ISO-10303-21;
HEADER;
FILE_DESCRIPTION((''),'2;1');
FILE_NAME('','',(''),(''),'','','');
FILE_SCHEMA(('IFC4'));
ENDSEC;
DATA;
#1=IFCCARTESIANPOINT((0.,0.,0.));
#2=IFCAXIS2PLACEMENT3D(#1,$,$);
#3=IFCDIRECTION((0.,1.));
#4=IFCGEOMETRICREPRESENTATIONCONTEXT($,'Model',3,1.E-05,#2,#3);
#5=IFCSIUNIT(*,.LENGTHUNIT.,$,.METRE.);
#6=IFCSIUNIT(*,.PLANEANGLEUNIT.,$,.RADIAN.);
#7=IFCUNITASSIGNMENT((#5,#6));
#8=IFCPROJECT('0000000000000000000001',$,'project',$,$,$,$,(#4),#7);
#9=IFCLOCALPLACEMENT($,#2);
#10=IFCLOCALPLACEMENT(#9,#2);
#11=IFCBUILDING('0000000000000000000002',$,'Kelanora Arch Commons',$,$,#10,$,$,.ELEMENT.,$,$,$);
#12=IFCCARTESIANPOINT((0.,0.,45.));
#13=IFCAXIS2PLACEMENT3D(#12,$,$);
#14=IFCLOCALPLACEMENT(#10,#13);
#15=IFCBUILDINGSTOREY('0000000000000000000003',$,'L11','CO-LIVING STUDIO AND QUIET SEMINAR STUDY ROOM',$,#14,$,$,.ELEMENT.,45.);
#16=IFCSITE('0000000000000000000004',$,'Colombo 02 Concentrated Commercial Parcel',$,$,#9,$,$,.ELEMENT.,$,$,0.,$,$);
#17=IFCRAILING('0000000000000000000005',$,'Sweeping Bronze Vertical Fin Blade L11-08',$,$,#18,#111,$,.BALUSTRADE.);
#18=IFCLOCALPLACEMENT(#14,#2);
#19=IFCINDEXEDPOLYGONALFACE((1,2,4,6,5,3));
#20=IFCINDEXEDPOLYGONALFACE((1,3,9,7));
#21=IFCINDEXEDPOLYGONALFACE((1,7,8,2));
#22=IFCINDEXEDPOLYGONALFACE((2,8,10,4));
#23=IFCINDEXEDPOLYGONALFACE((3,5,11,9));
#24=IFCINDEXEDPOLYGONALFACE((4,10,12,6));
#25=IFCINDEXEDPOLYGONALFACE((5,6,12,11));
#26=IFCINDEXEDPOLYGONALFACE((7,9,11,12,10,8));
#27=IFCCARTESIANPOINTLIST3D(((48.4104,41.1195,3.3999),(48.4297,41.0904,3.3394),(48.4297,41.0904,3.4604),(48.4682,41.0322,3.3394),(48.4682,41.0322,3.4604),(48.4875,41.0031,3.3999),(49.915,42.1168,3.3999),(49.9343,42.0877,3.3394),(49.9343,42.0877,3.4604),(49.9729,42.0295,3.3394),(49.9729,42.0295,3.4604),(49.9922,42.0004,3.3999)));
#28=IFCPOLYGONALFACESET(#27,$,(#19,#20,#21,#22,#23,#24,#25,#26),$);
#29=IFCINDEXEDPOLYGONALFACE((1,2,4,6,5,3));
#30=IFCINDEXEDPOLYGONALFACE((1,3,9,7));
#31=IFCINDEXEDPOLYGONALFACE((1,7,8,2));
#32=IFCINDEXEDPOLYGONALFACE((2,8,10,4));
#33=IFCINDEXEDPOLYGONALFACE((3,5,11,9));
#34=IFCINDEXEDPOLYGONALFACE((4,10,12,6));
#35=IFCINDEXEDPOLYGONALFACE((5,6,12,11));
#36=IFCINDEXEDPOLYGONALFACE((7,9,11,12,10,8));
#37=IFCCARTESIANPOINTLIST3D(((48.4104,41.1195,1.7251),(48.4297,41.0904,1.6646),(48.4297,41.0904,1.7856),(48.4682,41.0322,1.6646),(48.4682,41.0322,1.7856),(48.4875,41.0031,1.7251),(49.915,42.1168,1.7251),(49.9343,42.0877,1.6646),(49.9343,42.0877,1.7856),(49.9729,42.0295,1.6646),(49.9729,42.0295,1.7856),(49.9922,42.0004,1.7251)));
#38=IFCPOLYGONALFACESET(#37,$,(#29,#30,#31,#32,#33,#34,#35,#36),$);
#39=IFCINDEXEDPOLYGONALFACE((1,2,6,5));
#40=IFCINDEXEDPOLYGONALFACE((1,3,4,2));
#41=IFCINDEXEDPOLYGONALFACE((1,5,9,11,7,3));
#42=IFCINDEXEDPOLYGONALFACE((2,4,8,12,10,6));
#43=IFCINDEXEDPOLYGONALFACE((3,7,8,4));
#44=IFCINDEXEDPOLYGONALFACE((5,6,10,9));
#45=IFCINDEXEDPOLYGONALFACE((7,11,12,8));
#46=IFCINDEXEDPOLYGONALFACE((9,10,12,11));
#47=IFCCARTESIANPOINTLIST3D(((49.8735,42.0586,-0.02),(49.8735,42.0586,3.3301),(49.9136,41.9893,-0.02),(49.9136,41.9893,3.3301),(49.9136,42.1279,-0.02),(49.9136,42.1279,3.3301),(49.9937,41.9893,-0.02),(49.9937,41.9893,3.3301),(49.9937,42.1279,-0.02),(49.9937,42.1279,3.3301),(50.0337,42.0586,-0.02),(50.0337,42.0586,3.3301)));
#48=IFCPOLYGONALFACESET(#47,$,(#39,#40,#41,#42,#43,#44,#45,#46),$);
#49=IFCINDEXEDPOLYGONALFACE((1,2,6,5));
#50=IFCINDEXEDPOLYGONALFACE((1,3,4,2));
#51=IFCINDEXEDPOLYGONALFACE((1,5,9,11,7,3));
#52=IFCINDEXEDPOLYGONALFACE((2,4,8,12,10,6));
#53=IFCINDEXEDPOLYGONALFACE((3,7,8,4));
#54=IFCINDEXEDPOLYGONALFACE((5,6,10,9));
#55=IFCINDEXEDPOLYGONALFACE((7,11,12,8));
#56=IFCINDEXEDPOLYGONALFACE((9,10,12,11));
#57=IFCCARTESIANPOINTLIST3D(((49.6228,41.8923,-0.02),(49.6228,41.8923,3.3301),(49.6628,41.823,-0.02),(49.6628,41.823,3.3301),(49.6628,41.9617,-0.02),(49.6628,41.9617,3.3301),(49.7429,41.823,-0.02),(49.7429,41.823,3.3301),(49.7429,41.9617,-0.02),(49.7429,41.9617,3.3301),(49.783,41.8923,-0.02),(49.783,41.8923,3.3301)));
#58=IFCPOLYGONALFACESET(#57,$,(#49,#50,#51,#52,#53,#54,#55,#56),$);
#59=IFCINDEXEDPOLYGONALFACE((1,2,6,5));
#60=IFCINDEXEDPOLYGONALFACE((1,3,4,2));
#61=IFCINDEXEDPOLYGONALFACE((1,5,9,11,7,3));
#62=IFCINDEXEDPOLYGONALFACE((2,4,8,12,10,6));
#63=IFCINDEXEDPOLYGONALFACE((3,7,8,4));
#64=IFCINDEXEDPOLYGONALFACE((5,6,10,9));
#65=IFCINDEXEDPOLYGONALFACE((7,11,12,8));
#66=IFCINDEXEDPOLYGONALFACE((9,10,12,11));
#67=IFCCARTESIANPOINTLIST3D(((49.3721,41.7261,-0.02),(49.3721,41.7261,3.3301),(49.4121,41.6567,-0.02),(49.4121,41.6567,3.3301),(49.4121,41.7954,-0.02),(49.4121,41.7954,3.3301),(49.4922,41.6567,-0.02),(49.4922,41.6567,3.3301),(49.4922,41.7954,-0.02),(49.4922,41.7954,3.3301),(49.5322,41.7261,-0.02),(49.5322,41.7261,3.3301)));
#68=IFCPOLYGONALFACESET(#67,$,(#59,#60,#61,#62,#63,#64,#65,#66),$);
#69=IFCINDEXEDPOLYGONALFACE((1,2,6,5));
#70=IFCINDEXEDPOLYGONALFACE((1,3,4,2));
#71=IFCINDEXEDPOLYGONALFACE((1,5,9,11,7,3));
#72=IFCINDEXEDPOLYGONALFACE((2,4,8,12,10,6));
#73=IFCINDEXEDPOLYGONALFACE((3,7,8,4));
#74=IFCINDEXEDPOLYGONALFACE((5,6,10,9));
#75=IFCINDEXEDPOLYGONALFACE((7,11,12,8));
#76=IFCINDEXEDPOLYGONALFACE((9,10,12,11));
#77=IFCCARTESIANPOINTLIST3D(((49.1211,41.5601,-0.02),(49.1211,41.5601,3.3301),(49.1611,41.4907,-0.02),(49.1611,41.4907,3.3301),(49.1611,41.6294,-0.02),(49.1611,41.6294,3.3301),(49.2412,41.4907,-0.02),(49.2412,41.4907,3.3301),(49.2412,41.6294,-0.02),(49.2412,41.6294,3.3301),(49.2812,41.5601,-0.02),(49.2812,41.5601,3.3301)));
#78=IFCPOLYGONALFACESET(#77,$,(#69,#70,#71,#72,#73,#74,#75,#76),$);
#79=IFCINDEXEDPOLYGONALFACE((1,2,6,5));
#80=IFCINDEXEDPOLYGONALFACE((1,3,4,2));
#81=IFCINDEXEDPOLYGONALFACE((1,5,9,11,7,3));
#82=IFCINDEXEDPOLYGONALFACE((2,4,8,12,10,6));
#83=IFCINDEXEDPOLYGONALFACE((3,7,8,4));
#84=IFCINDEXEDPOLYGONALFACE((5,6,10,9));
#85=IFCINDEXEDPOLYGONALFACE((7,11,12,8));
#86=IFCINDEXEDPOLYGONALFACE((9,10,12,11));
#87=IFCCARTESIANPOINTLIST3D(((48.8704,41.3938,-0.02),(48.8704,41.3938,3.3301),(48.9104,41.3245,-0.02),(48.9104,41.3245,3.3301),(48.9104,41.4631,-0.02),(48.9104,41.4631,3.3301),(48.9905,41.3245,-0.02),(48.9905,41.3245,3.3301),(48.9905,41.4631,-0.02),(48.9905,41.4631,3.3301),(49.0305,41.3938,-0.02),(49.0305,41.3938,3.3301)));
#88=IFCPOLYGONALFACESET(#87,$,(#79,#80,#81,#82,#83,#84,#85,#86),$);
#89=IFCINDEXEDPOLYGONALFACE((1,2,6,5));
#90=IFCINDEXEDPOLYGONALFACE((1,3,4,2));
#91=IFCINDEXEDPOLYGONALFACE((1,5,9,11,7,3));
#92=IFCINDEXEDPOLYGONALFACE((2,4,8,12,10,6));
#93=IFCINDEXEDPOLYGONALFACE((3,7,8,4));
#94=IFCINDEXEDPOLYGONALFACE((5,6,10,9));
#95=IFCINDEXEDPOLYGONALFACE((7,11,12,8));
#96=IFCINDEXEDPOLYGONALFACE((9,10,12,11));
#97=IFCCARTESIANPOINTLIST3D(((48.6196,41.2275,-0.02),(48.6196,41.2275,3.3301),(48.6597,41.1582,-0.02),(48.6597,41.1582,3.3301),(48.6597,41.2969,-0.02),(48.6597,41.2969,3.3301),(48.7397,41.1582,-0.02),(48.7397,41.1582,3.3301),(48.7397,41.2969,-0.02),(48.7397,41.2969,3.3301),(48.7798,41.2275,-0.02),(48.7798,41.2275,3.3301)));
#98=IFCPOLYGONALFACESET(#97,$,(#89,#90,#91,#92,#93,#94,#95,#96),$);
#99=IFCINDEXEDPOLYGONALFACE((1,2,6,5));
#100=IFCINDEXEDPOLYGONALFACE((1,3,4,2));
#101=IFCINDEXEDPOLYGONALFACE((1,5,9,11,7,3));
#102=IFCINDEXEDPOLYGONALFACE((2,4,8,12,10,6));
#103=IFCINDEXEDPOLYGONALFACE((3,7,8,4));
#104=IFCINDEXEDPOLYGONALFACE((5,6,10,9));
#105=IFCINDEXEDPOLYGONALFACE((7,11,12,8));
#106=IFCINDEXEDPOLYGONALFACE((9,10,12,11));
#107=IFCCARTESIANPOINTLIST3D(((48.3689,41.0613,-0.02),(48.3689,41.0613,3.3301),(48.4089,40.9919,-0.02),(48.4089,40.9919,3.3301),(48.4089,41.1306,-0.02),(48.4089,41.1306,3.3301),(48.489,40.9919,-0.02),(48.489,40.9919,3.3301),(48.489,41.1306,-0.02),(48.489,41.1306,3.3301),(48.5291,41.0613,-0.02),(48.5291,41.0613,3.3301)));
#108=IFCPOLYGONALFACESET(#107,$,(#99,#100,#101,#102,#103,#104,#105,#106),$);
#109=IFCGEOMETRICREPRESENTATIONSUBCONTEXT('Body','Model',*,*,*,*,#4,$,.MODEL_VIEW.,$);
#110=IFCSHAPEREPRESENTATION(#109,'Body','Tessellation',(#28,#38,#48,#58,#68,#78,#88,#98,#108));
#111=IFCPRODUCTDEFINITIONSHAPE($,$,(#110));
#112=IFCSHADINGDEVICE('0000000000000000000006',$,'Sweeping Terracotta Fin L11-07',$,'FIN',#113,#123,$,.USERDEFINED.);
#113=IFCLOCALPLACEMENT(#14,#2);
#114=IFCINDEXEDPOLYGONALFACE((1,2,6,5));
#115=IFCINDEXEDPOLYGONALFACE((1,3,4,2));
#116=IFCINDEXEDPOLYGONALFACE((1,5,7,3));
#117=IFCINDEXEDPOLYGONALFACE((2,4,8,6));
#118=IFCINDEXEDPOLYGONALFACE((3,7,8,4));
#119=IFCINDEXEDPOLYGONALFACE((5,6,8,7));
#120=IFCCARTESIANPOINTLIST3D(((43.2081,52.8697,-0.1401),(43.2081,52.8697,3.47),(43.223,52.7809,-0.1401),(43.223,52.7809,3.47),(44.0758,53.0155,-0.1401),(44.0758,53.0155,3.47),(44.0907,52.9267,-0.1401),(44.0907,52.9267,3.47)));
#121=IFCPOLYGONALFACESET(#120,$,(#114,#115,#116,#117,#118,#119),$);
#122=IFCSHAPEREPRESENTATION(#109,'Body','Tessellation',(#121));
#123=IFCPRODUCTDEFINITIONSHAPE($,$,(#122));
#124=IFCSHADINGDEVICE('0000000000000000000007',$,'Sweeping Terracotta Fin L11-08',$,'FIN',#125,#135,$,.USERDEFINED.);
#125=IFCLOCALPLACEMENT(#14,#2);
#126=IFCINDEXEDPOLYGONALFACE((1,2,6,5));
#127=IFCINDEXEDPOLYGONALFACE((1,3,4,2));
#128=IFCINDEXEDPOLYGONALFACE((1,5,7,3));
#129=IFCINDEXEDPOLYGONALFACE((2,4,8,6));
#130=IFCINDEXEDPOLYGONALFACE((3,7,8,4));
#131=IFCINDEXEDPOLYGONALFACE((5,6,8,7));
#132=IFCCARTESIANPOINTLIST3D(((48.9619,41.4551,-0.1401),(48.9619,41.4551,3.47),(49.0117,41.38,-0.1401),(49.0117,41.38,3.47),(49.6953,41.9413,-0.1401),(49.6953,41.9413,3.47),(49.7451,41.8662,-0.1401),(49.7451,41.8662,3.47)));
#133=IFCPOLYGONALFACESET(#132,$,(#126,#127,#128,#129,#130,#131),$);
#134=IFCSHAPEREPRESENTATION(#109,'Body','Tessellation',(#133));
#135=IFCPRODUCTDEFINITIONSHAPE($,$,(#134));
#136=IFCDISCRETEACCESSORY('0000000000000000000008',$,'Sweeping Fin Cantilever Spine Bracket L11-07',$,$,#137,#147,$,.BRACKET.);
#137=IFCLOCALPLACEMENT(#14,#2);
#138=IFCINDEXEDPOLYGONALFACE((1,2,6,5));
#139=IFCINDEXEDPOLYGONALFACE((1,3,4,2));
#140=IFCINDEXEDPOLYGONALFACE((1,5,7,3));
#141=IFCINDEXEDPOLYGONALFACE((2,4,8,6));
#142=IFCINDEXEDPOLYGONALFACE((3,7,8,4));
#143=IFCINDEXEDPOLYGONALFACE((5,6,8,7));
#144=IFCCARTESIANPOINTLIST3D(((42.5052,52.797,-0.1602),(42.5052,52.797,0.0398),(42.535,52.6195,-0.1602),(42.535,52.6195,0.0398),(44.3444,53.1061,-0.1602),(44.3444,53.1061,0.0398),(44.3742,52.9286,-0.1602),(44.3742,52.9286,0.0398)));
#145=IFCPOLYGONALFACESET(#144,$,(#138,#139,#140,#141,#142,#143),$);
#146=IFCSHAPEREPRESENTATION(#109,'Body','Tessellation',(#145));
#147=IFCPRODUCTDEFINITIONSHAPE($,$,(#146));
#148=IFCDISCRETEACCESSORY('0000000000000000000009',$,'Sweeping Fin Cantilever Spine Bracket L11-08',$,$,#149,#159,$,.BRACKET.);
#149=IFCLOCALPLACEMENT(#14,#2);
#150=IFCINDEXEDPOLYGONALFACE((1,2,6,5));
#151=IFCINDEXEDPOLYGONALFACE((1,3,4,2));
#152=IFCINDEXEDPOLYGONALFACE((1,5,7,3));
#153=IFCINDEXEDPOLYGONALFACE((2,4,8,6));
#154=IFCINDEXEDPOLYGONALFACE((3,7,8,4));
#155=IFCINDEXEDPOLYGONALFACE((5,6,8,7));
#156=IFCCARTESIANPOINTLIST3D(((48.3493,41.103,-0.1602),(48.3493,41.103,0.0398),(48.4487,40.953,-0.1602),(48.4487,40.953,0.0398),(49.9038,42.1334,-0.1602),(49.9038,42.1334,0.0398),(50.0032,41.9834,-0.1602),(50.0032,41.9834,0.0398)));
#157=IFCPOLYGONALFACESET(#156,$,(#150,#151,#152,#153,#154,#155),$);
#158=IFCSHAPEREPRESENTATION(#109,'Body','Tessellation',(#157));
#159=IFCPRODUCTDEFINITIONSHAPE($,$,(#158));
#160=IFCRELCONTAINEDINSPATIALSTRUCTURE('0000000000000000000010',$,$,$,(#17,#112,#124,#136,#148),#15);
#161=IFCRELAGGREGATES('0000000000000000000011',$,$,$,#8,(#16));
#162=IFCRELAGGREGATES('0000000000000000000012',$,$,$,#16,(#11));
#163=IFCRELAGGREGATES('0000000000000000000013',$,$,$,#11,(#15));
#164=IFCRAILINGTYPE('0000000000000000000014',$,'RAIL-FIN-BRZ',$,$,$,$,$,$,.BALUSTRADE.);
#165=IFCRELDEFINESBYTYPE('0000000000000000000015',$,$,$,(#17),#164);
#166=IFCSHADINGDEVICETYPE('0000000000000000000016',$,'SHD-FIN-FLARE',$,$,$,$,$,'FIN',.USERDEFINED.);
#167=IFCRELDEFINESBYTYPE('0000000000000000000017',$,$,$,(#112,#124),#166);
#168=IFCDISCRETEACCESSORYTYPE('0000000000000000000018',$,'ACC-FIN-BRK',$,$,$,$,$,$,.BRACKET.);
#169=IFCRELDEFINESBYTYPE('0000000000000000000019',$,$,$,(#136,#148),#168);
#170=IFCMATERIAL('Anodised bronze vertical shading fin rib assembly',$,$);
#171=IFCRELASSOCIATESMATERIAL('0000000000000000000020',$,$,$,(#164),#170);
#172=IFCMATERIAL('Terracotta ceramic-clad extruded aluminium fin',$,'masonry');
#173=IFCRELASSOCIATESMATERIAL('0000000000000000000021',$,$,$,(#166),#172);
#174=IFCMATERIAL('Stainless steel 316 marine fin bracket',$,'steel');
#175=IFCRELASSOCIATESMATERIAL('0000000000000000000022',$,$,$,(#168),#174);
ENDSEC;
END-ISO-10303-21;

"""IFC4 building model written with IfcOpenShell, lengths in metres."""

from ifc_helpers import new_model, si_unit, direction, frame, origin, origin_2d, place, context, subcontext, project, spatial, polyline, rectangle, outline, extrude, source, transform, mapped, material, type_object, element, save


model = new_model("IFC4")

# Units and contexts
model_context = context("Model", 3, precision=1e-05, world=origin(), true_north=direction((0.0, 1.0)))
body_context = subcontext(model_context, "Body", "Model", "MODEL_VIEW")
ifc_project = project(units=[si_unit("LENGTHUNIT", "METRE"), si_unit("PLANEANGLEUNIT", "RADIAN")], contexts=[model_context])

# Site, building, storey
site_placement = place(None, origin())
site = spatial("IfcSite", under=ifc_project, at=site_placement, Name="Colombo 02 Concentrated Commercial Parcel", CompositionType="ELEMENT", RefElevation=0.0)
building_placement = place(site_placement, origin())
building = spatial("IfcBuilding", under=site, at=building_placement, Name="Kelanora Arch Commons", CompositionType="ELEMENT")
storey_placement = place(building_placement, frame((0.0, 0.0, 45.0)))
storey = spatial("IfcBuildingStorey", under=building, at=storey_placement, Name="L11", Description="CO-LIVING STUDIO AND QUIET SEMINAR STUDY ROOM", CompositionType="ELEMENT", Elevation=45.0)

# Railing
ifc_material_1 = material(Name="Anodised bronze vertical shading fin rib assembly")
railing_type = type_object("IfcRailingType", Name="RAIL-FIN-BRZ", PredefinedType="BALUSTRADE", material=ifc_material_1)
railing_1_placement = place(storey_placement, frame((49.9536, 42.0586, -0.02)))
element("IfcRailing", 1, at=railing_1_placement, inside=storey, type_object=railing_type, Name="Sweeping Bronze Vertical Fin Blade L11-08", PredefinedType="BALUSTRADE", context=body_context, shape_type="SweptSolid", body=[
    extrude(outline(polyline([(0.0698, 0.0), (0.0349, 0.0605), (-0.0349, 0.0605), (-0.0698, 0.0), (-0.0349, -0.0605), (0.0349, -0.0605), (0.0698, 0.0)])), frame((0.0, 0.0, 3.4199), z_axis=(-0.833525, -0.552482, 0.0), x_axis=(0.552482, -0.833525, 0.0)), (0.0, 0.0, 1.0), 1.8052),
    extrude(outline(polyline([(0.0698, 0.0), (0.0349, 0.0605), (-0.0349, 0.0605), (-0.0698, 0.0), (-0.0349, -0.0605), (0.0349, -0.0605), (0.0698, 0.0)])), frame((0.0, 0.0, 1.7451), z_axis=(-0.833525, -0.552482, 0.0), x_axis=(0.552482, -0.833525, 0.0)), (0.0, 0.0, 1.0), 1.8052),
    extrude(outline(polyline([(0.0801, 0.0), (0.04, 0.0693), (-0.04, 0.0693), (-0.0801, 0.0), (-0.04, -0.0693), (0.04, -0.0693), (0.0801, 0.0)])), origin(), (0.0, 0.0, 1.0), 3.3501),
    extrude(outline(polyline([(0.0801, 0.0), (0.04, 0.0693), (-0.04, 0.0693), (-0.0801, 0.0), (-0.04, -0.0693), (0.04, -0.0693), (0.0801, 0.0)])), frame((-0.2507, -0.1663, 0.0)), (0.0, 0.0, 1.0), 3.3501),
    extrude(outline(polyline([(0.0801, 0.0), (0.04, 0.0693), (-0.04, 0.0693), (-0.0801, 0.0), (-0.04, -0.0693), (0.04, -0.0693), (0.0801, 0.0)])), frame((-0.5015, -0.3325, 0.0)), (0.0, 0.0, 1.0), 3.3501),
    extrude(outline(polyline([(0.0801, 0.0), (0.04, 0.0693), (-0.04, 0.0693), (-0.0801, 0.0), (-0.04, -0.0693), (0.04, -0.0693), (0.0801, 0.0)])), frame((-0.7524, -0.4985, 0.0)), (0.0, 0.0, 1.0), 3.3501),
    extrude(outline(polyline([(0.0801, 0.0), (0.04, 0.0693), (-0.04, 0.0693), (-0.0801, 0.0), (-0.04, -0.0693), (0.04, -0.0693), (0.0801, 0.0)])), frame((-1.0032, -0.6648, 0.0)), (0.0, 0.0, 1.0), 3.3501),
    extrude(outline(polyline([(0.0801, 0.0), (0.04, 0.0693), (-0.04, 0.0693), (-0.0801, 0.0), (-0.04, -0.0693), (0.04, -0.0693), (0.0801, 0.0)])), frame((-1.2539, -0.8311, 0.0)), (0.0, 0.0, 1.0), 3.3501),
    extrude(outline(polyline([(0.0801, 0.0), (0.04, 0.0693), (-0.04, 0.0693), (-0.0801, 0.0), (-0.04, -0.0693), (0.04, -0.0693), (0.0801, 0.0)])), frame((-1.5046, -0.9973, 0.0)), (0.0, 0.0, 1.0), 3.3501),
])

# Shading devices
ifc_material_2 = material(Name="Terracotta ceramic-clad extruded aluminium fin", Category="masonry")
shading_device_type = type_object("IfcShadingDeviceType", Name="SHD-FIN-FLARE", ElementType="FIN", PredefinedType="USERDEFINED", material=ifc_material_2)
shared_shape_1 = source(origin(), body_context, "Body", "SweptSolid", [
    extrude(rectangle(XDim=0.8799, YDim=0.0901, at=origin_2d()), origin(), (0.0, 0.0, 1.0), 3.6101),
])
for number, where, z_axis, x_axis, name in (
    (2, (43.6494, 52.8982, -0.1401), (0.0, 0.0, 1.0), (-0.98617, -0.165736, 0.0), "Sweeping Terracotta Fin L11-07"),
    (3, (49.3535, 41.6606, -0.1401), (0.0, 0.0, 1.0), (-0.8335, -0.552519, 0.0), "Sweeping Terracotta Fin L11-08"),
):
    element("IfcShadingDevice", number, at=place(storey_placement, frame(where, z_axis=z_axis, x_axis=x_axis)), inside=storey, type_object=shading_device_type, Name=name, ObjectType="FIN", PredefinedType="USERDEFINED", context=body_context, shape_type="MappedRepresentation", body=[
        mapped(shared_shape_1, transform((0.0, 0.0, 0.0), scale=1.0)),
    ])

# Discrete accessories
ifc_material_3 = material(Name="Stainless steel 316 marine fin bracket", Category="steel")
discrete_accessory_type = type_object("IfcDiscreteAccessoryType", Name="ACC-FIN-BRK", PredefinedType="BRACKET", material=ifc_material_3)
shared_shape_2 = source(origin(), body_context, "Body", "SweptSolid", [
    extrude(rectangle(XDim=1.865, YDim=0.1799, at=origin_2d()), origin(), (0.0, 0.0, 1.0), 0.2),
])
for number, where, z_axis, x_axis, name in (
    (4, (43.4397, 52.8628, -0.1602), (0.0, 0.0, 1.0), (-0.98617, -0.165736, 0.0), "Sweeping Fin Cantilever Spine Bracket L11-07"),
    (5, (49.1763, 41.5432, -0.1602), (0.0, 0.0, 1.0), (-0.8335, -0.552519, 0.0), "Sweeping Fin Cantilever Spine Bracket L11-08"),
):
    element("IfcDiscreteAccessory", number, at=place(storey_placement, frame(where, z_axis=z_axis, x_axis=x_axis)), inside=storey, type_object=discrete_accessory_type, Name=name, PredefinedType="BRACKET", context=body_context, shape_type="MappedRepresentation", body=[
        mapped(shared_shape_2, transform((0.0, 0.0, 0.0), scale=1.0)),
    ])

save(model, "model.ifc")
